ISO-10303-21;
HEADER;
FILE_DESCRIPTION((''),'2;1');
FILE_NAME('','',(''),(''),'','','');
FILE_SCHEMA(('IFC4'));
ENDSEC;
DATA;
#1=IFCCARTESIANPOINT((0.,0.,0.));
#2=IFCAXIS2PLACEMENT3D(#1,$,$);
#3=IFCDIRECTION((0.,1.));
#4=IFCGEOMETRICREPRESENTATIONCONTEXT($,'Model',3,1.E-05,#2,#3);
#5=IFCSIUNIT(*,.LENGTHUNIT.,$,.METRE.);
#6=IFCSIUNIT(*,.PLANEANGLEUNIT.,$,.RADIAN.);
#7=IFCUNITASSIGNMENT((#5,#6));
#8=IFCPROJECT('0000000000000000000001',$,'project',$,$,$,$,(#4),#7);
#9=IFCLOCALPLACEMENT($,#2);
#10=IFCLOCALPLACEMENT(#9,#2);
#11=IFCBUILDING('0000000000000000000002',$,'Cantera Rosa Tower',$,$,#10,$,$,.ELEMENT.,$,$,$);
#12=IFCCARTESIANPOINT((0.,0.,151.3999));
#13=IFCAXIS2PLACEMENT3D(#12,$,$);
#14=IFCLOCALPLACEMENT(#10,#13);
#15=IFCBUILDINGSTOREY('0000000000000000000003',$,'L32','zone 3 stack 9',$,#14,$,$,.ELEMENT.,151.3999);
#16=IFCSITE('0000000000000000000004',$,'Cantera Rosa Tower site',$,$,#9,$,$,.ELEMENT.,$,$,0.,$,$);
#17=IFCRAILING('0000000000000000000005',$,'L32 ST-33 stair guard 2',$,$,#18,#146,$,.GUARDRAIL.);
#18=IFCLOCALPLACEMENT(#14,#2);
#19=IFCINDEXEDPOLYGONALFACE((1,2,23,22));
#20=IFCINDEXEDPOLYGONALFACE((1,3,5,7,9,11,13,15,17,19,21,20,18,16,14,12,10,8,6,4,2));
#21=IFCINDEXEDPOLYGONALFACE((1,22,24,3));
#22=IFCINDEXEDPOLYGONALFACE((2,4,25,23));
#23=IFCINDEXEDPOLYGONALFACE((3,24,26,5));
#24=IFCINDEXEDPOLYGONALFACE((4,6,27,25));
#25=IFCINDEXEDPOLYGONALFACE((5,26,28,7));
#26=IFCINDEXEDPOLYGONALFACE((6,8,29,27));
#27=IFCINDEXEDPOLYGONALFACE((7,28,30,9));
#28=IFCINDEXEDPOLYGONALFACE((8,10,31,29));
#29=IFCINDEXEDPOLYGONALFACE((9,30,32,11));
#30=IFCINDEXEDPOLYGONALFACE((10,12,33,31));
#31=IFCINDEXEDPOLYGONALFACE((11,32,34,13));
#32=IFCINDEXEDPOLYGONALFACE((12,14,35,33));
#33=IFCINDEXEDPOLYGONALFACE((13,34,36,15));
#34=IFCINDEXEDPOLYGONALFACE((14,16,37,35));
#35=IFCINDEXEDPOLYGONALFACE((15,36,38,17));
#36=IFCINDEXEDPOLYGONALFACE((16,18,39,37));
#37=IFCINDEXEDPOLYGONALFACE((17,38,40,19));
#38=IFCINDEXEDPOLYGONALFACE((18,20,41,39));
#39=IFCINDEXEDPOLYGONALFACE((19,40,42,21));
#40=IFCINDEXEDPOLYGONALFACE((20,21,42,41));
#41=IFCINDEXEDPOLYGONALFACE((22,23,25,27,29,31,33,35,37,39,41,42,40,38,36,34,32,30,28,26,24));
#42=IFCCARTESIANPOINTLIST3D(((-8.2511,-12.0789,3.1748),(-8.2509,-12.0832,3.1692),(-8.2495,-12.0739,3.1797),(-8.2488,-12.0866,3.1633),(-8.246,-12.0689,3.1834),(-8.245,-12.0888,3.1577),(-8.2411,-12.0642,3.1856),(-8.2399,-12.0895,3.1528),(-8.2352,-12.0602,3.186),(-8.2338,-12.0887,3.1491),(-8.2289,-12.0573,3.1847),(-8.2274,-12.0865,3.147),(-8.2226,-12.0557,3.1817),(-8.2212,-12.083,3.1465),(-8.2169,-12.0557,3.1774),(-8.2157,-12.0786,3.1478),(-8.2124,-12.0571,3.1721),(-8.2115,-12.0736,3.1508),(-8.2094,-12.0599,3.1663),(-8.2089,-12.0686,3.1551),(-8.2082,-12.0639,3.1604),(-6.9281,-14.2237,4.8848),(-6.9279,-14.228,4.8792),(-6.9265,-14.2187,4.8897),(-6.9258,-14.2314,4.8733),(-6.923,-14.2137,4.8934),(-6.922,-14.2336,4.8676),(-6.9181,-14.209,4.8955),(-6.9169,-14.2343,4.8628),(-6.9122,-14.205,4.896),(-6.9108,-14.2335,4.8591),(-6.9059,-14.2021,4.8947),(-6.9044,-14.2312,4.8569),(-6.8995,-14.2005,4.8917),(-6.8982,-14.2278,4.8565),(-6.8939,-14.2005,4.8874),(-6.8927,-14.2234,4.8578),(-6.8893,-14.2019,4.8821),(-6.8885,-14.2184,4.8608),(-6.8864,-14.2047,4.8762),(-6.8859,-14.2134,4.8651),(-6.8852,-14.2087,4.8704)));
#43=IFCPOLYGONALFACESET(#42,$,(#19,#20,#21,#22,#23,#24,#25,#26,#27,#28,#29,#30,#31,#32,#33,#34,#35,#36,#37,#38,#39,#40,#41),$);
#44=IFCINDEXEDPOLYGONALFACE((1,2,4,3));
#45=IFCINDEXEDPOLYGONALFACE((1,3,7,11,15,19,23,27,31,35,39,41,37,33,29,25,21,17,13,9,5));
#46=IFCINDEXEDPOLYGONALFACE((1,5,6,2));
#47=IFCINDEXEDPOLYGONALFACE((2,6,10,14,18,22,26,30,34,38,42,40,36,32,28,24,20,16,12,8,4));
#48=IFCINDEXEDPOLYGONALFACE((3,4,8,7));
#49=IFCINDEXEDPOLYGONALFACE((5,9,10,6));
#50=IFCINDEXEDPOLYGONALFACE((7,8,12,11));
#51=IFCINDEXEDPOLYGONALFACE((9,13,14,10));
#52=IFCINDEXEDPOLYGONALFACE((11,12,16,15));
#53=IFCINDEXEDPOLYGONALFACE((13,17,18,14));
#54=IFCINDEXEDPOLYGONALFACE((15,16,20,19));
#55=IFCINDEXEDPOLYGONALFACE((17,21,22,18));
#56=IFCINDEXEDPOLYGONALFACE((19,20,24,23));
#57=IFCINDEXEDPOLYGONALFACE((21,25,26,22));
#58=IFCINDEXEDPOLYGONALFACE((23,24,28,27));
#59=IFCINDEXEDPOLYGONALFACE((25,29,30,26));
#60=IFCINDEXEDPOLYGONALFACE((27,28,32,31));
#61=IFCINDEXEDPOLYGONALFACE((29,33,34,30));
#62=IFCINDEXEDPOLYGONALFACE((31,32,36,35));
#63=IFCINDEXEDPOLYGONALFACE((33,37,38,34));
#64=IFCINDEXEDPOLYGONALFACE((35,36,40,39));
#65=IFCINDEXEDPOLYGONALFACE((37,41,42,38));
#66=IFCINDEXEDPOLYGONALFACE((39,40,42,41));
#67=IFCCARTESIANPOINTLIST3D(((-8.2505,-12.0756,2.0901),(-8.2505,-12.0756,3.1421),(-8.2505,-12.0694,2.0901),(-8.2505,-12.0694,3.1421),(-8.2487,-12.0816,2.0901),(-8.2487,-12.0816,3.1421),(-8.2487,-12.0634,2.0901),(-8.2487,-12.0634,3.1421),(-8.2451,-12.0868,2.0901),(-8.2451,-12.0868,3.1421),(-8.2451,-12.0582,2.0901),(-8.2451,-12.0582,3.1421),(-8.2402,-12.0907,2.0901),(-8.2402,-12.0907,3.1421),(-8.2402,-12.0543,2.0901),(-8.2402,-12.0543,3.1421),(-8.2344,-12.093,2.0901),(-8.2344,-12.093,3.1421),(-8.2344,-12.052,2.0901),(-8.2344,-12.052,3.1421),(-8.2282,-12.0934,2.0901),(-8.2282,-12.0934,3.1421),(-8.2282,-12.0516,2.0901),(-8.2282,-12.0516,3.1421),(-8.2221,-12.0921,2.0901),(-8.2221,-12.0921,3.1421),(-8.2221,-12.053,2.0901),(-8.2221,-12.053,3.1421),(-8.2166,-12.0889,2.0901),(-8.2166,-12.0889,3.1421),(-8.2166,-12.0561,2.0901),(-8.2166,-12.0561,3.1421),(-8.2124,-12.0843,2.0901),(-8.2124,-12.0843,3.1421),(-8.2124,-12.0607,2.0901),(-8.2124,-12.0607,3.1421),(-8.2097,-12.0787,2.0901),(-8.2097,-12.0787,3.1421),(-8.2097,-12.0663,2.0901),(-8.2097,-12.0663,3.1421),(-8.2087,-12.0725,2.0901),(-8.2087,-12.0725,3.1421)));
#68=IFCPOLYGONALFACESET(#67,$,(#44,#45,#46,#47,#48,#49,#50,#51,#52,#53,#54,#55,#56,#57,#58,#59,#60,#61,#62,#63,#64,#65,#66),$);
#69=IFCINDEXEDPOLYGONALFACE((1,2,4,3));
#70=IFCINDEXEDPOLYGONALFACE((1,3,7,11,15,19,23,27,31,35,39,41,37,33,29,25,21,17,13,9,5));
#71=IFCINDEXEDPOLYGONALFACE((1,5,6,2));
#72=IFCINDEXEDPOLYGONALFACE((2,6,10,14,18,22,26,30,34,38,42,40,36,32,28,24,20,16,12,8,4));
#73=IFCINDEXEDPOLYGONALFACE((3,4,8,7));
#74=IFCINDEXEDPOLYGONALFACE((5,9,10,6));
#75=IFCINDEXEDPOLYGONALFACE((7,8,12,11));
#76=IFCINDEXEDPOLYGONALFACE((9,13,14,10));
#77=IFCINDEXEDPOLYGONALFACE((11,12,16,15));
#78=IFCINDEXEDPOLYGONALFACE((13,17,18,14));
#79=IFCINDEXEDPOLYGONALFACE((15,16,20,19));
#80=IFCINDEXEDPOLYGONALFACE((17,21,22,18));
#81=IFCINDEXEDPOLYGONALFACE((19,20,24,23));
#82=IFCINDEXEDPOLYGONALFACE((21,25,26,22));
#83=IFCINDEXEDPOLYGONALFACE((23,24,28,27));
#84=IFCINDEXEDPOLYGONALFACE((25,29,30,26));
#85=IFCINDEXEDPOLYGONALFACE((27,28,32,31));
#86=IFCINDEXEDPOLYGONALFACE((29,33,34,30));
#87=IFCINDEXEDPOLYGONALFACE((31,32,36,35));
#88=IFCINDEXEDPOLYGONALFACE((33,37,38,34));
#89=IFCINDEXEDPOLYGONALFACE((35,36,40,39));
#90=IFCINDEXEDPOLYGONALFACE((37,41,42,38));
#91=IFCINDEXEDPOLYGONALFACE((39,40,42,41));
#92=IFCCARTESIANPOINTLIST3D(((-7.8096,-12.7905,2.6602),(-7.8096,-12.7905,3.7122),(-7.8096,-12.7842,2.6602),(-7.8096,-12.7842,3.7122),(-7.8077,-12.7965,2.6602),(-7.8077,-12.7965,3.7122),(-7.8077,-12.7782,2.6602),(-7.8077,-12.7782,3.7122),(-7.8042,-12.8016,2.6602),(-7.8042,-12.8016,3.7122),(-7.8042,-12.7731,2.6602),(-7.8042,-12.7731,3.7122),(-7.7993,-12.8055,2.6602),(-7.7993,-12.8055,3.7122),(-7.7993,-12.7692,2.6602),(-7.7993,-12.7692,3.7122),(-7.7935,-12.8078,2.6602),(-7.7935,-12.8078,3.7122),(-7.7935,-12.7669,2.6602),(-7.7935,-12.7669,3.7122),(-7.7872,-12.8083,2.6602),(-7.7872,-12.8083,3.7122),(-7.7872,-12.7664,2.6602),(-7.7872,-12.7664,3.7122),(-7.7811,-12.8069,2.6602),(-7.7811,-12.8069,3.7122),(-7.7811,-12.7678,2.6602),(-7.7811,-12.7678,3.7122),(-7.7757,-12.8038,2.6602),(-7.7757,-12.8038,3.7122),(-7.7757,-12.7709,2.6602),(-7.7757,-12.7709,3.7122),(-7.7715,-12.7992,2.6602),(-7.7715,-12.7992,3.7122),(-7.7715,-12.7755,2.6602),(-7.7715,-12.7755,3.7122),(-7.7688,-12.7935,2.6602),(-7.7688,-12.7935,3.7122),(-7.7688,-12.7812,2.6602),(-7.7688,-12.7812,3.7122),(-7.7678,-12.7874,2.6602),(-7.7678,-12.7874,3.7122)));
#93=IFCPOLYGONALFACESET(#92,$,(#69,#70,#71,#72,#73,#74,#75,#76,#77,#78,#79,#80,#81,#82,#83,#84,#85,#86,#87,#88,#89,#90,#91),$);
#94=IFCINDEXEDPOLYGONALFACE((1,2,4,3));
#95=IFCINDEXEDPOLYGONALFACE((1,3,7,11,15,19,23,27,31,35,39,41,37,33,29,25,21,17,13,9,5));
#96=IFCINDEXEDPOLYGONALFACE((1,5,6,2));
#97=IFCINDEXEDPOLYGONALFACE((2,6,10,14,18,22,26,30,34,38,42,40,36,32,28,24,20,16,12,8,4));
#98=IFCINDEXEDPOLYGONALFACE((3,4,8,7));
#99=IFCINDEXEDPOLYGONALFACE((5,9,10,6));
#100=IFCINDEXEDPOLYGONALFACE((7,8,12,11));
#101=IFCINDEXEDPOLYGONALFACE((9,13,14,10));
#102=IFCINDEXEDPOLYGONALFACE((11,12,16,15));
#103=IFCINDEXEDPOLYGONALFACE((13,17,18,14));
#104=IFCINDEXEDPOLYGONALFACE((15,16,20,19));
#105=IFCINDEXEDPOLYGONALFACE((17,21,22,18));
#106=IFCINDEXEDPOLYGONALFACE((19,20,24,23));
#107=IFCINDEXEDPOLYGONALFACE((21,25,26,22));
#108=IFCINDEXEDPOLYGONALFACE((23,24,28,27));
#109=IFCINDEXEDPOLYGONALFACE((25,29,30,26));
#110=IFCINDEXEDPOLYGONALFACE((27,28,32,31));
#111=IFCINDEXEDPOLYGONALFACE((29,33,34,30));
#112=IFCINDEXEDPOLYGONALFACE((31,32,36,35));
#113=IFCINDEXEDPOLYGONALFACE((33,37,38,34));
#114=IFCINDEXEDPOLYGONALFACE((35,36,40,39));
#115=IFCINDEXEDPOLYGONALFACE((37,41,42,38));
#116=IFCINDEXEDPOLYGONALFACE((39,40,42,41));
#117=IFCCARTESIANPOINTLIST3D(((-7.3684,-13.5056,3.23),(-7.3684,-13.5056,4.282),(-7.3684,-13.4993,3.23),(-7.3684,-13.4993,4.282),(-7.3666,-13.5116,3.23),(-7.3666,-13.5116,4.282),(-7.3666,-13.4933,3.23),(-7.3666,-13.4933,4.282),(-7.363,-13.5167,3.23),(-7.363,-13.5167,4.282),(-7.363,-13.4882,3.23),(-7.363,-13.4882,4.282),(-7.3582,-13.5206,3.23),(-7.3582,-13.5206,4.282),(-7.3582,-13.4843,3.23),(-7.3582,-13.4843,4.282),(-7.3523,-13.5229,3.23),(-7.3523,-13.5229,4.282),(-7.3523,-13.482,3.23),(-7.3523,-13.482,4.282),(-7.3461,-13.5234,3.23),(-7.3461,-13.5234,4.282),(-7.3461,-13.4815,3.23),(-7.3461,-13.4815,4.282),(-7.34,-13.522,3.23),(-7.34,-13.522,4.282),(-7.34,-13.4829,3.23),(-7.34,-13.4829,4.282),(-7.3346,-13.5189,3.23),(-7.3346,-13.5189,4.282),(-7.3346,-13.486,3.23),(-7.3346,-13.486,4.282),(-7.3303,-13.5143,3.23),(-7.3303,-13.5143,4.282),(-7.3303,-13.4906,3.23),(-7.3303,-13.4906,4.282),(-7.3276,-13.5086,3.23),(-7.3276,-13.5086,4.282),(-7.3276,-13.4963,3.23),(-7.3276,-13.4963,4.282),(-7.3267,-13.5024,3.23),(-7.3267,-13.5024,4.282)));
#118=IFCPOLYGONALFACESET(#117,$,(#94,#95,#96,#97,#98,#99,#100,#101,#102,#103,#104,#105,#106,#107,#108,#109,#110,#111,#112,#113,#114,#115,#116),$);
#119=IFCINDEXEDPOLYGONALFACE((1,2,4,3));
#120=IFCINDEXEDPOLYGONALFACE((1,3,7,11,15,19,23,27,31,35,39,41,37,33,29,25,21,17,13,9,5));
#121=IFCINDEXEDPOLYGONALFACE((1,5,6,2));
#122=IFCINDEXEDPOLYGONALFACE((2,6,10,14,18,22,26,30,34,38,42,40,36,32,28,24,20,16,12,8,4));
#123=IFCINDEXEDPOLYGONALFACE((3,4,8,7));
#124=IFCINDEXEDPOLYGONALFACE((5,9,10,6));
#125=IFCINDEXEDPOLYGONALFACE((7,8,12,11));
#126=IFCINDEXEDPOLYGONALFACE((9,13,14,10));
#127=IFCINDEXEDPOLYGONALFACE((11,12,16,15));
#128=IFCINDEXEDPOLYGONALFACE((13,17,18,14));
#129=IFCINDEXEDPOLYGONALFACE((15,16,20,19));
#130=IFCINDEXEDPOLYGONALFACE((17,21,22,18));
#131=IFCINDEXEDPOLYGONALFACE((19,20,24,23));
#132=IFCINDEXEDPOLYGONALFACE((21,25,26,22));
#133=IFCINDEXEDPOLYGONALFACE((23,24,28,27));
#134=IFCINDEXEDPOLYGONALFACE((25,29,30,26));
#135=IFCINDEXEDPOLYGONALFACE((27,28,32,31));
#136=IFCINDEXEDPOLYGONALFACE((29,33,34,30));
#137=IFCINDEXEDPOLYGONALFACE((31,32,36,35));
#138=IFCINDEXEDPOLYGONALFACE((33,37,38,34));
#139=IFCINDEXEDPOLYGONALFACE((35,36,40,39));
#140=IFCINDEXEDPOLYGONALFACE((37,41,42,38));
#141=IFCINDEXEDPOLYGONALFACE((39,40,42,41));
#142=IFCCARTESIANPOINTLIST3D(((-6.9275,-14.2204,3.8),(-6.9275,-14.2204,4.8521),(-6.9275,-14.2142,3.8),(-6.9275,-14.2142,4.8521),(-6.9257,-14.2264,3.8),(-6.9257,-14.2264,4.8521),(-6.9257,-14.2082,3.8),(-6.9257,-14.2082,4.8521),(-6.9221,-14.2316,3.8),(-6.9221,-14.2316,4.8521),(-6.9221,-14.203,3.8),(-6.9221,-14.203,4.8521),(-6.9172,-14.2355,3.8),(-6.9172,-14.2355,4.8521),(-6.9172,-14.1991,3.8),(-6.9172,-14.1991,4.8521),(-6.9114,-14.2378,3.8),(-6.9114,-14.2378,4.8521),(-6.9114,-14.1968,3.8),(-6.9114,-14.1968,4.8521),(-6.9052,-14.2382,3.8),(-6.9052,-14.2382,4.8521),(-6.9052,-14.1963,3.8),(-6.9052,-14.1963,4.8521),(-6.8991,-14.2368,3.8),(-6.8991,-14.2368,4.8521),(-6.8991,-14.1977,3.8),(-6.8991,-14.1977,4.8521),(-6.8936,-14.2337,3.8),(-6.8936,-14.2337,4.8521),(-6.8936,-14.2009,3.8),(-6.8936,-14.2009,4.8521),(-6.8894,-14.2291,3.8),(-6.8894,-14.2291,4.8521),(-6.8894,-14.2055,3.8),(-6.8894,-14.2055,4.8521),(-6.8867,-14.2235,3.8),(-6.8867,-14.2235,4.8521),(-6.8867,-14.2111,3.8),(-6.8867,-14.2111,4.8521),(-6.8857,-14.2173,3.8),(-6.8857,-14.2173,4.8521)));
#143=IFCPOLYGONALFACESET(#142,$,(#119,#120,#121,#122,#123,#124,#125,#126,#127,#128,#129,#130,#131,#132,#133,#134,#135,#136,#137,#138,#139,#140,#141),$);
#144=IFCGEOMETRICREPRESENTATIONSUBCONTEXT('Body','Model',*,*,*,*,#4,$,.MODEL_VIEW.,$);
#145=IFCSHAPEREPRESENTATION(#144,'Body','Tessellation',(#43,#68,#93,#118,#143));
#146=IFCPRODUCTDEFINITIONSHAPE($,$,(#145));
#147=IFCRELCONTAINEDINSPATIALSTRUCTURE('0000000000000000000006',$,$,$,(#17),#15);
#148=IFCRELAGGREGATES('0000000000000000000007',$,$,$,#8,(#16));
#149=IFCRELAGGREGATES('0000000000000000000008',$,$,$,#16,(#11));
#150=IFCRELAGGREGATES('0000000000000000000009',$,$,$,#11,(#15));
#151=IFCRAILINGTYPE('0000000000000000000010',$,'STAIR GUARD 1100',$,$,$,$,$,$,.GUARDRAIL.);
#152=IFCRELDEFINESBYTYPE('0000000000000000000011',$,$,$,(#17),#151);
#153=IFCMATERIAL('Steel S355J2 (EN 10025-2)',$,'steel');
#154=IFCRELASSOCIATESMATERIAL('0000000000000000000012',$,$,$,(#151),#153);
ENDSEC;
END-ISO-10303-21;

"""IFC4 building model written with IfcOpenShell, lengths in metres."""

from ifc_helpers import new_model, si_unit, direction, frame, origin, origin_2d, place, context, subcontext, project, spatial, circle, extrude, material, type_object, element, save


model = new_model("IFC4")

# Units and contexts
model_context = context("Model", 3, precision=1e-05, world=origin(), true_north=direction((0.0, 1.0)))
body_context = subcontext(model_context, "Body", "Model", "MODEL_VIEW")
ifc_project = project(units=[si_unit("LENGTHUNIT", "METRE"), si_unit("PLANEANGLEUNIT", "RADIAN")], contexts=[model_context])

# Site, building, storey
site_placement = place(None, origin())
site = spatial("IfcSite", under=ifc_project, at=site_placement, Name="Cantera Rosa Tower site", CompositionType="ELEMENT", RefElevation=0.0)
building_placement = place(site_placement, origin())
building = spatial("IfcBuilding", under=site, at=building_placement, Name="Cantera Rosa Tower", CompositionType="ELEMENT")
storey_placement = place(building_placement, frame((0.0, 0.0, 151.3999)))
storey = spatial("IfcBuildingStorey", under=building, at=storey_placement, Name="L32", Description="zone 3 stack 9", CompositionType="ELEMENT", Elevation=151.3999)

# Railing
ifc_material_1 = material(Name="Steel S355J2 (EN 10025-2)", Category="steel")
railing_type_1 = type_object("IfcRailingType", Name="STAIR GUARD 1100", PredefinedType="GUARDRAIL", material=ifc_material_1)
railing_1_placement = place(storey_placement, frame((-8.2297, -12.0725, 2.0901)))
element("IfcRailing", 1, at=railing_1_placement, inside=storey, type_object=railing_type_1, Name="L32 ST-33 stair guard 2", PredefinedType="GUARDRAIL", context=body_context, shape_type="SweptSolid", body=[
    extrude(circle(Radius=0.0239, at=origin_2d()), frame((0.0, 0.0, 1.0762), z_axis=(0.434428, -0.704271, 0.561493), x_axis=(0.851102, 0.525, 0.0)), (0.0, 0.0, 1.0), 3.0454),
    extrude(circle(Radius=0.021, at=origin_2d()), origin(), (0.0, 0.0, 1.0), 1.052),
    extrude(circle(Radius=0.021, at=origin_2d()), frame((0.4409, -0.7148, 0.5701)), (0.0, 0.0, 1.0), 1.052),
    extrude(circle(Radius=0.021, at=origin_2d()), frame((0.8821, -1.4299, 1.1399)), (0.0, 0.0, 1.0), 1.052),
    extrude(circle(Radius=0.021, at=origin_2d()), frame((1.323, -2.1448, 1.71)), (0.0, 0.0, 1.0), 1.052),
])

save(model, "model.ifc")
